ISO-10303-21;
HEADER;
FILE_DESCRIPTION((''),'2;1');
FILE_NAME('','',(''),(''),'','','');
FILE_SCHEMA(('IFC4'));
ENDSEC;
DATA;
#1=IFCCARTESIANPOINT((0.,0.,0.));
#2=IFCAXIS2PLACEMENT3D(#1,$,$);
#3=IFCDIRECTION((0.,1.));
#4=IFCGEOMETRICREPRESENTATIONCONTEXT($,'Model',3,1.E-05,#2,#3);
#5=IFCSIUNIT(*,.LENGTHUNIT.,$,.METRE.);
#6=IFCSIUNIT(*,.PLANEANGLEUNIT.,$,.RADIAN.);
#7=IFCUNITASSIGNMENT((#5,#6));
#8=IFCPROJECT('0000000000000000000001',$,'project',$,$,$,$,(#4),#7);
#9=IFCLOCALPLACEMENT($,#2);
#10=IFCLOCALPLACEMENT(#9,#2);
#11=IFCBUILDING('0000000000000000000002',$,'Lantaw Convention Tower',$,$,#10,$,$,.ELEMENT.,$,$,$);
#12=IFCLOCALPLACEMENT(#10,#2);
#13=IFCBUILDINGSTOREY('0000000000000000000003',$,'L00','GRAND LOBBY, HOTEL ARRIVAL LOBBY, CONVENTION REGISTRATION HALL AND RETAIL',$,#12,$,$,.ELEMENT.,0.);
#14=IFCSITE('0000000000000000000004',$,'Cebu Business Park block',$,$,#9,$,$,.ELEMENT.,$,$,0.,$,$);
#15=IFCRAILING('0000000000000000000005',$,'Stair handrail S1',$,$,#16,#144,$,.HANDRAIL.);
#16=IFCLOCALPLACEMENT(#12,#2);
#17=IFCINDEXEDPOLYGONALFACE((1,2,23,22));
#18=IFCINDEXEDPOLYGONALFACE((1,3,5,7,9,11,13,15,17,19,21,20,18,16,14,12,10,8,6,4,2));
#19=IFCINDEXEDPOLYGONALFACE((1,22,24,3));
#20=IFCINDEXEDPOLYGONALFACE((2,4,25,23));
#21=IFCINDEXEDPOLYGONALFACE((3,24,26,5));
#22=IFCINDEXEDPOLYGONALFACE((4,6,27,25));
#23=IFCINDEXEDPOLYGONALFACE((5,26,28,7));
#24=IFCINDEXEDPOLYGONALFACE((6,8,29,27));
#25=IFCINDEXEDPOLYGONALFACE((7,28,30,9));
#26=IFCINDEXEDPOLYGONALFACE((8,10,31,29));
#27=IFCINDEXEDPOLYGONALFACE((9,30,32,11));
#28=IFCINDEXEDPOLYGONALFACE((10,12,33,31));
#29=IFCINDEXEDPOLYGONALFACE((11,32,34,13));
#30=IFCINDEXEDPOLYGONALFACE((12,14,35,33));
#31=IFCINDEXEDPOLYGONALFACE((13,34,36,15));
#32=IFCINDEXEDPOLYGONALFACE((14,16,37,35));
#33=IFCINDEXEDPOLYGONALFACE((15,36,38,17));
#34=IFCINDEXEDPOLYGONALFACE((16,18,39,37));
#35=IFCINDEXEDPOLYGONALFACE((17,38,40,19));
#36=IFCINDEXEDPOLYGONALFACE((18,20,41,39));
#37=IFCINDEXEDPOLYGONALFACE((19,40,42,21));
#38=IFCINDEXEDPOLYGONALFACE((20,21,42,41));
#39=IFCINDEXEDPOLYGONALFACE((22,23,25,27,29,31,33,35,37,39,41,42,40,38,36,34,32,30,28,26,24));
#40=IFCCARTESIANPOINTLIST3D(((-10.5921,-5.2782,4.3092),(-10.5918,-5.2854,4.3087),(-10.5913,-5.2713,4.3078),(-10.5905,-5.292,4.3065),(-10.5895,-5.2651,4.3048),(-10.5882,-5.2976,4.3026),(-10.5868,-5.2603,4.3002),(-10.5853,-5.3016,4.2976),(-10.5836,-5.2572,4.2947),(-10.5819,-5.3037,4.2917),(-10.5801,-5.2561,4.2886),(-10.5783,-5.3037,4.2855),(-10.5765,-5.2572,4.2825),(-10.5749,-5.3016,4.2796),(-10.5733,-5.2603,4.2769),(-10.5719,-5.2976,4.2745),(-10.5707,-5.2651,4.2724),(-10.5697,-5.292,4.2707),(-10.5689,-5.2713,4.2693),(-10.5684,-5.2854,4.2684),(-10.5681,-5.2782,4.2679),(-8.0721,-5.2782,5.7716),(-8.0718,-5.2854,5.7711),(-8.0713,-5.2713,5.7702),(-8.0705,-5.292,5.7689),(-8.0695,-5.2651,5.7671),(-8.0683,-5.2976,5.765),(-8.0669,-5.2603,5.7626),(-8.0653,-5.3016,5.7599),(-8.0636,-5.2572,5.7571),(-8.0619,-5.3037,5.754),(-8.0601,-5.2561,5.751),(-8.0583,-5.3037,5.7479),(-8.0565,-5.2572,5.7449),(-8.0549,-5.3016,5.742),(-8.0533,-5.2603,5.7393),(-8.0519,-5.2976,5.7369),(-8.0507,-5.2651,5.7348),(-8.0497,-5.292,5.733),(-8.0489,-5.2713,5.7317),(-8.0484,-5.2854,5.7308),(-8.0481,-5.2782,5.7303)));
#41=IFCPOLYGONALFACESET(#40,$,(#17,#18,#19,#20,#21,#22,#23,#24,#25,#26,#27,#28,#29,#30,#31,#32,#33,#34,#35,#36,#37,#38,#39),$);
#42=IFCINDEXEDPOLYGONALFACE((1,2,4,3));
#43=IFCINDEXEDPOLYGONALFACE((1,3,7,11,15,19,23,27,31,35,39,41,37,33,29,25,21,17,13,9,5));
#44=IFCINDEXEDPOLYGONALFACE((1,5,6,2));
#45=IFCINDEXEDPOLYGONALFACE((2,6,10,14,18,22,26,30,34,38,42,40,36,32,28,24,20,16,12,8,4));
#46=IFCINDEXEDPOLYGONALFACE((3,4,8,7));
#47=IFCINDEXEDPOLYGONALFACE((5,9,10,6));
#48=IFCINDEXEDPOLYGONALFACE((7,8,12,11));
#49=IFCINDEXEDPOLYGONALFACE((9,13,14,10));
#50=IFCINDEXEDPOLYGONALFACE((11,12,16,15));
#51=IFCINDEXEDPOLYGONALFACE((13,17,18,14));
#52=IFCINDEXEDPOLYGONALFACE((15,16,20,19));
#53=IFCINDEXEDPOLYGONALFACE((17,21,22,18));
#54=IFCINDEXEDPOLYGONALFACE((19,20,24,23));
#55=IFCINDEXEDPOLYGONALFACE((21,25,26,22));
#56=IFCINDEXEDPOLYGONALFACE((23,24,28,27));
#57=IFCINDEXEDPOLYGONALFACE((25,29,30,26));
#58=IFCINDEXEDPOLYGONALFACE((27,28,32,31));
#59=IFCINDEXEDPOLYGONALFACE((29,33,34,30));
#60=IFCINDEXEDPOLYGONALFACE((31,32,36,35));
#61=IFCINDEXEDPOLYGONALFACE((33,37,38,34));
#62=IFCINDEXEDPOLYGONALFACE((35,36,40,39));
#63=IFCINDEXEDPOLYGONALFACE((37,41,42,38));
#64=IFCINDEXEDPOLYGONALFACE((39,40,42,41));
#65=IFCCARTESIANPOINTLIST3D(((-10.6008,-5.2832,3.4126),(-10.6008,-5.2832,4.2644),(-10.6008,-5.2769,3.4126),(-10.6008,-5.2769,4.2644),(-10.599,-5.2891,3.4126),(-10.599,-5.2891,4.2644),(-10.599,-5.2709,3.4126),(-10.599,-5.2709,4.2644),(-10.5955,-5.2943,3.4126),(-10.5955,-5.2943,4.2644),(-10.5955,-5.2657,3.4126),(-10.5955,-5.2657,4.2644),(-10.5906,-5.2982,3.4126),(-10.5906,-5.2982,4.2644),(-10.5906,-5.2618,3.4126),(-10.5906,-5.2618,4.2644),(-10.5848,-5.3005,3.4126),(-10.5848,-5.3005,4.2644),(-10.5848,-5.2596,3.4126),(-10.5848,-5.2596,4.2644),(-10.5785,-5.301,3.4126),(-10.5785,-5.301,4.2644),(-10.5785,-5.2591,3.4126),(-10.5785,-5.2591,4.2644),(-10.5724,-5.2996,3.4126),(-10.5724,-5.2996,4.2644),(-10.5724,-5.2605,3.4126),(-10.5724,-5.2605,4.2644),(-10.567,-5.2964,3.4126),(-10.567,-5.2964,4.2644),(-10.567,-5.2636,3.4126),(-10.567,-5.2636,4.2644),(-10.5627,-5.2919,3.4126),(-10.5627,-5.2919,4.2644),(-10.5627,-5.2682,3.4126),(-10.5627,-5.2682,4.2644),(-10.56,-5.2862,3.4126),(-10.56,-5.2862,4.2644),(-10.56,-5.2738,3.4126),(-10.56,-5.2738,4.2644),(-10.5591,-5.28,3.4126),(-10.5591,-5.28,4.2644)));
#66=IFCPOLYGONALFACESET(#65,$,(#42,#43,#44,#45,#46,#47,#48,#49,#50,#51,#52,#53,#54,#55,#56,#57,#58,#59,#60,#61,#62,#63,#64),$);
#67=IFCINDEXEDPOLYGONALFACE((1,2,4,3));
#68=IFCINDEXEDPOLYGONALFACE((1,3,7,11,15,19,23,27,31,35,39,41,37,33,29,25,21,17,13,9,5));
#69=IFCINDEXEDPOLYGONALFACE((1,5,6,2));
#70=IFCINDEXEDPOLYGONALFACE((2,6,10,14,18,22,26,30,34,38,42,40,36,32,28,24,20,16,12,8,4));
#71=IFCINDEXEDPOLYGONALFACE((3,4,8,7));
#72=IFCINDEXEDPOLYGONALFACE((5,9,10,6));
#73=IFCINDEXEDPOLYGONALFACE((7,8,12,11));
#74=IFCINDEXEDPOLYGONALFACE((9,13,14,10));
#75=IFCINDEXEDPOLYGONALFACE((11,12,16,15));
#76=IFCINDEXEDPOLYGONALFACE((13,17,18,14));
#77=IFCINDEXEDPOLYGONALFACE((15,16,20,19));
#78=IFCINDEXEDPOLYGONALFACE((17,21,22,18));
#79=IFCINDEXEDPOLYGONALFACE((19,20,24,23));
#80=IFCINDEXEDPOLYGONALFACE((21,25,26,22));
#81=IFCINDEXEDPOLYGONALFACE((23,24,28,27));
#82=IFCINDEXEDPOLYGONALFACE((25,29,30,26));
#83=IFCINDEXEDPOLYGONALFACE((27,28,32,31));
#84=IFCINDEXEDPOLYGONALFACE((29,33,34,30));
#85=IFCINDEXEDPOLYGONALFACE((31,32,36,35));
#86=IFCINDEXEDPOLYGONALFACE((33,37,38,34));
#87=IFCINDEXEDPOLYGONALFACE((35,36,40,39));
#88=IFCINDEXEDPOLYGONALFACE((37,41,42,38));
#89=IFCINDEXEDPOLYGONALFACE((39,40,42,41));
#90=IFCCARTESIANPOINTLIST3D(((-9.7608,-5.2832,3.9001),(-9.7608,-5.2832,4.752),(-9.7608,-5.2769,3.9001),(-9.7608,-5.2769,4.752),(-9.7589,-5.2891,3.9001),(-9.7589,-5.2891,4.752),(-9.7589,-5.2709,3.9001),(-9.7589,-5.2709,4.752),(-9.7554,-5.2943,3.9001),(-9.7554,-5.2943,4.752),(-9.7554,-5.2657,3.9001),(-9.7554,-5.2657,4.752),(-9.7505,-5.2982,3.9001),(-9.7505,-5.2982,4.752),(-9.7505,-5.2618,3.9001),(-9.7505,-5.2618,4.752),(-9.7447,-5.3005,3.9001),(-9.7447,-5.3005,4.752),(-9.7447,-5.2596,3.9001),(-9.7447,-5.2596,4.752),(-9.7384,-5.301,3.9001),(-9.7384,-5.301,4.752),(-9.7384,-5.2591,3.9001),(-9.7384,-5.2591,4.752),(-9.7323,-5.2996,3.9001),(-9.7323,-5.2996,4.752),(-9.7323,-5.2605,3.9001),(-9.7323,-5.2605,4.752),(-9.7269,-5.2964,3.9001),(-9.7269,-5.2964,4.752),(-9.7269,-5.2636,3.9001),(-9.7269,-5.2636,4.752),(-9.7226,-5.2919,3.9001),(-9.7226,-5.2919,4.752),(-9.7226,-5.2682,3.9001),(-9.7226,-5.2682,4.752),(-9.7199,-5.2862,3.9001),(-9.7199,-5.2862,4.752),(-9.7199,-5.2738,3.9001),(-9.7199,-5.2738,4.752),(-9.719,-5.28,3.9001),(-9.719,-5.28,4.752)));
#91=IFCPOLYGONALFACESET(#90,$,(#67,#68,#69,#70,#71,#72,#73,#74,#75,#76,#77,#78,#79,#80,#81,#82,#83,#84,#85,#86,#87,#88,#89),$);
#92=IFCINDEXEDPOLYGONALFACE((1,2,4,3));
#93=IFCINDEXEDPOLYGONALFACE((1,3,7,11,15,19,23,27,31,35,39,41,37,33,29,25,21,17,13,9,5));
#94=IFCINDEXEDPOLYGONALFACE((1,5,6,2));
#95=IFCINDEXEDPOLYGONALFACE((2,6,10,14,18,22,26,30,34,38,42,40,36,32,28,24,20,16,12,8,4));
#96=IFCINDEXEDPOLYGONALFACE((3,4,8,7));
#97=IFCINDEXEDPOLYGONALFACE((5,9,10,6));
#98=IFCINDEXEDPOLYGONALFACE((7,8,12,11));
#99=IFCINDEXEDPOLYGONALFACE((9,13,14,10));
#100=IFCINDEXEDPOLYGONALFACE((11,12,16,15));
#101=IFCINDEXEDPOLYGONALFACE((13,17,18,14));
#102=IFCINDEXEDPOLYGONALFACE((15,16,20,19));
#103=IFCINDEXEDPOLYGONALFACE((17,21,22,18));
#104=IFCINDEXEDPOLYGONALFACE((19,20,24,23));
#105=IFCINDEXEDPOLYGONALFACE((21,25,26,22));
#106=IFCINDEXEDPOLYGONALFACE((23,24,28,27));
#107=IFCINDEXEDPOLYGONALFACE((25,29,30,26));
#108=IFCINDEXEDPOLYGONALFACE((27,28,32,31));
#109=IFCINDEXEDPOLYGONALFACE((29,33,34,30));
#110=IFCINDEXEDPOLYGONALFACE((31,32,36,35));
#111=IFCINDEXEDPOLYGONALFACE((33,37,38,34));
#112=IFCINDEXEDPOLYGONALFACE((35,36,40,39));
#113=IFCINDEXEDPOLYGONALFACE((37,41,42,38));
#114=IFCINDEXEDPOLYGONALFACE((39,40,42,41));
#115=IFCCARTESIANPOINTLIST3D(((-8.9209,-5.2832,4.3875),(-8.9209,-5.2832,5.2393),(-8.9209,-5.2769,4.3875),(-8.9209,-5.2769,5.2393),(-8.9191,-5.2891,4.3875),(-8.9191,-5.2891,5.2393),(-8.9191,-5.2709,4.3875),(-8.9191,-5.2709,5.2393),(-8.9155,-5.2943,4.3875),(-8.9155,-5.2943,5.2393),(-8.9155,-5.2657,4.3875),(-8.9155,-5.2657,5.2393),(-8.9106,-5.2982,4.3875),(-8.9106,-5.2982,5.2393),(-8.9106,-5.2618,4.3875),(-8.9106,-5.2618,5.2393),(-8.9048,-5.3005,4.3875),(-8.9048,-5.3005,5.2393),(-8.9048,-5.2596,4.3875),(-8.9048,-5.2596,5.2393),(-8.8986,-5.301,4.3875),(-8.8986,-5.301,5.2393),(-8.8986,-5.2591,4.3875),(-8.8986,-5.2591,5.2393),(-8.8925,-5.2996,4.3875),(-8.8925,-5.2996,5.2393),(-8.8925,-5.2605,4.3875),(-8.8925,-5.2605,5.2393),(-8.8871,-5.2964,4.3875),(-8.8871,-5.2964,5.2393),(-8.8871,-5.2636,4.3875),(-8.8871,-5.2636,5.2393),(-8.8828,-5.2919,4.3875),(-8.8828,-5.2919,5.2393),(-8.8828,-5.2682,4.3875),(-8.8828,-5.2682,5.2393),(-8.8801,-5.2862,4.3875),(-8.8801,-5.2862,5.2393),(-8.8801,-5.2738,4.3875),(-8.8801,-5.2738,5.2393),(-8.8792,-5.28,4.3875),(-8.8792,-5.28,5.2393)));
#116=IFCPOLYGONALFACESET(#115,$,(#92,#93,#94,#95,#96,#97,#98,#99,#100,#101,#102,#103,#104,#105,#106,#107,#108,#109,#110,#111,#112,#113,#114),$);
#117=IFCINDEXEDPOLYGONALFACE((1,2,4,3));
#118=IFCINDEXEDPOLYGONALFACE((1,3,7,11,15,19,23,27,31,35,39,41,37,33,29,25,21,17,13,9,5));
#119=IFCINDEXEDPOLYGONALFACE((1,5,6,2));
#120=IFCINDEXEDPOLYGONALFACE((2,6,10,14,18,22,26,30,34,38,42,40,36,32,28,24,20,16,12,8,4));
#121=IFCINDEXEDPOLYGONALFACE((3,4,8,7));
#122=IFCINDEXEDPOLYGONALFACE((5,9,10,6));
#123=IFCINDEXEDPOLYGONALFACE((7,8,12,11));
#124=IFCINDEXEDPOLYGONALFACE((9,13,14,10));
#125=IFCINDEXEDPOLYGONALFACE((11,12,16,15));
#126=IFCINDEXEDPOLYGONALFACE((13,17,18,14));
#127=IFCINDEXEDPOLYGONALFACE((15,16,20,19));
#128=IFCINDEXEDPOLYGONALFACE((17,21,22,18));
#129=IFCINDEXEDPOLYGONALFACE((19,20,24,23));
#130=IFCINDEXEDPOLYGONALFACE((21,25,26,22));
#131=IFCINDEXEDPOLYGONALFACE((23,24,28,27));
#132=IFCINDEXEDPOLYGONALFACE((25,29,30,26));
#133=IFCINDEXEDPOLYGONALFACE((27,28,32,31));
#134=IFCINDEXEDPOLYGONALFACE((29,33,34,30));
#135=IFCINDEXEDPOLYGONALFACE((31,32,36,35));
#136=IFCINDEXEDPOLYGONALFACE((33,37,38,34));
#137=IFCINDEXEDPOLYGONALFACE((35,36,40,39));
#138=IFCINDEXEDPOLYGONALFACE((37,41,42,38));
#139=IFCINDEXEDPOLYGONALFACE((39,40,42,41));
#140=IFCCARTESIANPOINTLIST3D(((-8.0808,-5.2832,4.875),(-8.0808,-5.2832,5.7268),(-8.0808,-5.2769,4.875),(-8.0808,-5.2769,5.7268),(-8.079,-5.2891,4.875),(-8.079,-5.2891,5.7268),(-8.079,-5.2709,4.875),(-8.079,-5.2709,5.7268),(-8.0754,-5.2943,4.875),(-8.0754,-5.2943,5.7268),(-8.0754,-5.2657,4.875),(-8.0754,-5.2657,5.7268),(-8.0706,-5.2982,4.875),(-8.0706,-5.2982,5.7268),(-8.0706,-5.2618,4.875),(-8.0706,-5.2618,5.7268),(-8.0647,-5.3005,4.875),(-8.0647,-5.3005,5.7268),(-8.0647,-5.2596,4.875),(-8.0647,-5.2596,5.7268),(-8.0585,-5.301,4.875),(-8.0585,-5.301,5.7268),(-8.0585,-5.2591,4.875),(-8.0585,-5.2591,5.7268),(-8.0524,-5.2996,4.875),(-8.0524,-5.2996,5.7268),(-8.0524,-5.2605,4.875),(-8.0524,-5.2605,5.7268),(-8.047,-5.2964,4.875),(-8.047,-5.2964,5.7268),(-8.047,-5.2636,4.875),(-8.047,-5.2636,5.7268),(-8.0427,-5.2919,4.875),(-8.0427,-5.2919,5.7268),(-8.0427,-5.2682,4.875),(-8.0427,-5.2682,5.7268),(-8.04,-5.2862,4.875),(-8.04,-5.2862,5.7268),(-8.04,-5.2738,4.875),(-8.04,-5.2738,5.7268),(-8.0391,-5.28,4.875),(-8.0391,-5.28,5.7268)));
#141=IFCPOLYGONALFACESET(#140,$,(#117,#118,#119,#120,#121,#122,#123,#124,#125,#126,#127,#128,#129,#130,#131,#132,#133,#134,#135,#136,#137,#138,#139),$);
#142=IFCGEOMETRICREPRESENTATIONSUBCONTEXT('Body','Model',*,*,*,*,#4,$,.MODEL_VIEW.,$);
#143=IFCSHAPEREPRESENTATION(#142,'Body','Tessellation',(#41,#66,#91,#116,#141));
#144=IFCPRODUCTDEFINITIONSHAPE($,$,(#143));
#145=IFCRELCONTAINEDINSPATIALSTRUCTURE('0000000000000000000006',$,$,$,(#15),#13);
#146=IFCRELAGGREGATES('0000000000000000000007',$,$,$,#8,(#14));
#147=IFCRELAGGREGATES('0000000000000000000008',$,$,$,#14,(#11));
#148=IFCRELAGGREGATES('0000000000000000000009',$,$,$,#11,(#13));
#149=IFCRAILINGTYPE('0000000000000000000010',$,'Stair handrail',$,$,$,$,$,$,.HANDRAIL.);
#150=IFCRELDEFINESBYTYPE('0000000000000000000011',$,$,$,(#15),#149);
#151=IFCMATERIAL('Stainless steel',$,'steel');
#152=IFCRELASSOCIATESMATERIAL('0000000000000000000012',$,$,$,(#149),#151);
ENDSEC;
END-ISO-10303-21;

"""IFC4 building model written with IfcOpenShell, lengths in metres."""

from ifc_helpers import new_model, si_unit, direction, frame, origin, origin_2d, place, context, subcontext, project, spatial, circle, extrude, material, type_object, element, save


model = new_model("IFC4")

# Units and contexts
model_context = context("Model", 3, precision=1e-05, world=origin(), true_north=direction((0.0, 1.0)))
body_context = subcontext(model_context, "Body", "Model", "MODEL_VIEW")
ifc_project = project(units=[si_unit("LENGTHUNIT", "METRE"), si_unit("PLANEANGLEUNIT", "RADIAN")], contexts=[model_context])

# Site, building, storey
site_placement = place(None, origin())
site = spatial("IfcSite", under=ifc_project, at=site_placement, Name="Cebu Business Park block", CompositionType="ELEMENT", RefElevation=0.0)
building_placement = place(site_placement, origin())
building = spatial("IfcBuilding", under=site, at=building_placement, Name="Lantaw Convention Tower", CompositionType="ELEMENT")
storey_placement = place(building_placement, origin())
storey = spatial("IfcBuildingStorey", under=building, at=storey_placement, Name="L00", Description="GRAND LOBBY, HOTEL ARRIVAL LOBBY, CONVENTION REGISTRATION HALL AND RETAIL", CompositionType="ELEMENT", Elevation=0.0)

# Shared definitions
ifc_material_1 = material(Name="Stainless steel", Category="steel")

# Railing
railing_type = type_object("IfcRailingType", Name="Stair handrail", PredefinedType="HANDRAIL", material=ifc_material_1)
railing_1_placement = place(storey_placement, frame((-10.5801, -5.28, 3.4126)))
element("IfcRailing", 1, at=railing_1_placement, inside=storey, type_object=railing_type, Name="Stair handrail S1", PredefinedType="HANDRAIL", context=body_context, shape_type="SweptSolid", body=[
    extrude(circle(Radius=0.0239, at=origin_2d()), frame((0.0, 0.0, 0.876), z_axis=(0.864913, 0.0, 0.501921), x_axis=(0.0, 1.0, 0.0)), (0.0, 0.0, 1.0), 2.9136),
    extrude(circle(Radius=0.021, at=origin_2d()), origin(), (0.0, 0.0, 1.0), 0.8518),
    extrude(circle(Radius=0.021, at=origin_2d()), frame((0.8401, 0.0, 0.4875)), (0.0, 0.0, 1.0), 0.8518),
    extrude(circle(Radius=0.021, at=origin_2d()), frame((1.6799, 0.0, 0.9749)), (0.0, 0.0, 1.0), 0.8518),
    extrude(circle(Radius=0.021, at=origin_2d()), frame((2.52, 0.0, 1.4624)), (0.0, 0.0, 1.0), 0.8518),
])

save(model, "model.ifc")
